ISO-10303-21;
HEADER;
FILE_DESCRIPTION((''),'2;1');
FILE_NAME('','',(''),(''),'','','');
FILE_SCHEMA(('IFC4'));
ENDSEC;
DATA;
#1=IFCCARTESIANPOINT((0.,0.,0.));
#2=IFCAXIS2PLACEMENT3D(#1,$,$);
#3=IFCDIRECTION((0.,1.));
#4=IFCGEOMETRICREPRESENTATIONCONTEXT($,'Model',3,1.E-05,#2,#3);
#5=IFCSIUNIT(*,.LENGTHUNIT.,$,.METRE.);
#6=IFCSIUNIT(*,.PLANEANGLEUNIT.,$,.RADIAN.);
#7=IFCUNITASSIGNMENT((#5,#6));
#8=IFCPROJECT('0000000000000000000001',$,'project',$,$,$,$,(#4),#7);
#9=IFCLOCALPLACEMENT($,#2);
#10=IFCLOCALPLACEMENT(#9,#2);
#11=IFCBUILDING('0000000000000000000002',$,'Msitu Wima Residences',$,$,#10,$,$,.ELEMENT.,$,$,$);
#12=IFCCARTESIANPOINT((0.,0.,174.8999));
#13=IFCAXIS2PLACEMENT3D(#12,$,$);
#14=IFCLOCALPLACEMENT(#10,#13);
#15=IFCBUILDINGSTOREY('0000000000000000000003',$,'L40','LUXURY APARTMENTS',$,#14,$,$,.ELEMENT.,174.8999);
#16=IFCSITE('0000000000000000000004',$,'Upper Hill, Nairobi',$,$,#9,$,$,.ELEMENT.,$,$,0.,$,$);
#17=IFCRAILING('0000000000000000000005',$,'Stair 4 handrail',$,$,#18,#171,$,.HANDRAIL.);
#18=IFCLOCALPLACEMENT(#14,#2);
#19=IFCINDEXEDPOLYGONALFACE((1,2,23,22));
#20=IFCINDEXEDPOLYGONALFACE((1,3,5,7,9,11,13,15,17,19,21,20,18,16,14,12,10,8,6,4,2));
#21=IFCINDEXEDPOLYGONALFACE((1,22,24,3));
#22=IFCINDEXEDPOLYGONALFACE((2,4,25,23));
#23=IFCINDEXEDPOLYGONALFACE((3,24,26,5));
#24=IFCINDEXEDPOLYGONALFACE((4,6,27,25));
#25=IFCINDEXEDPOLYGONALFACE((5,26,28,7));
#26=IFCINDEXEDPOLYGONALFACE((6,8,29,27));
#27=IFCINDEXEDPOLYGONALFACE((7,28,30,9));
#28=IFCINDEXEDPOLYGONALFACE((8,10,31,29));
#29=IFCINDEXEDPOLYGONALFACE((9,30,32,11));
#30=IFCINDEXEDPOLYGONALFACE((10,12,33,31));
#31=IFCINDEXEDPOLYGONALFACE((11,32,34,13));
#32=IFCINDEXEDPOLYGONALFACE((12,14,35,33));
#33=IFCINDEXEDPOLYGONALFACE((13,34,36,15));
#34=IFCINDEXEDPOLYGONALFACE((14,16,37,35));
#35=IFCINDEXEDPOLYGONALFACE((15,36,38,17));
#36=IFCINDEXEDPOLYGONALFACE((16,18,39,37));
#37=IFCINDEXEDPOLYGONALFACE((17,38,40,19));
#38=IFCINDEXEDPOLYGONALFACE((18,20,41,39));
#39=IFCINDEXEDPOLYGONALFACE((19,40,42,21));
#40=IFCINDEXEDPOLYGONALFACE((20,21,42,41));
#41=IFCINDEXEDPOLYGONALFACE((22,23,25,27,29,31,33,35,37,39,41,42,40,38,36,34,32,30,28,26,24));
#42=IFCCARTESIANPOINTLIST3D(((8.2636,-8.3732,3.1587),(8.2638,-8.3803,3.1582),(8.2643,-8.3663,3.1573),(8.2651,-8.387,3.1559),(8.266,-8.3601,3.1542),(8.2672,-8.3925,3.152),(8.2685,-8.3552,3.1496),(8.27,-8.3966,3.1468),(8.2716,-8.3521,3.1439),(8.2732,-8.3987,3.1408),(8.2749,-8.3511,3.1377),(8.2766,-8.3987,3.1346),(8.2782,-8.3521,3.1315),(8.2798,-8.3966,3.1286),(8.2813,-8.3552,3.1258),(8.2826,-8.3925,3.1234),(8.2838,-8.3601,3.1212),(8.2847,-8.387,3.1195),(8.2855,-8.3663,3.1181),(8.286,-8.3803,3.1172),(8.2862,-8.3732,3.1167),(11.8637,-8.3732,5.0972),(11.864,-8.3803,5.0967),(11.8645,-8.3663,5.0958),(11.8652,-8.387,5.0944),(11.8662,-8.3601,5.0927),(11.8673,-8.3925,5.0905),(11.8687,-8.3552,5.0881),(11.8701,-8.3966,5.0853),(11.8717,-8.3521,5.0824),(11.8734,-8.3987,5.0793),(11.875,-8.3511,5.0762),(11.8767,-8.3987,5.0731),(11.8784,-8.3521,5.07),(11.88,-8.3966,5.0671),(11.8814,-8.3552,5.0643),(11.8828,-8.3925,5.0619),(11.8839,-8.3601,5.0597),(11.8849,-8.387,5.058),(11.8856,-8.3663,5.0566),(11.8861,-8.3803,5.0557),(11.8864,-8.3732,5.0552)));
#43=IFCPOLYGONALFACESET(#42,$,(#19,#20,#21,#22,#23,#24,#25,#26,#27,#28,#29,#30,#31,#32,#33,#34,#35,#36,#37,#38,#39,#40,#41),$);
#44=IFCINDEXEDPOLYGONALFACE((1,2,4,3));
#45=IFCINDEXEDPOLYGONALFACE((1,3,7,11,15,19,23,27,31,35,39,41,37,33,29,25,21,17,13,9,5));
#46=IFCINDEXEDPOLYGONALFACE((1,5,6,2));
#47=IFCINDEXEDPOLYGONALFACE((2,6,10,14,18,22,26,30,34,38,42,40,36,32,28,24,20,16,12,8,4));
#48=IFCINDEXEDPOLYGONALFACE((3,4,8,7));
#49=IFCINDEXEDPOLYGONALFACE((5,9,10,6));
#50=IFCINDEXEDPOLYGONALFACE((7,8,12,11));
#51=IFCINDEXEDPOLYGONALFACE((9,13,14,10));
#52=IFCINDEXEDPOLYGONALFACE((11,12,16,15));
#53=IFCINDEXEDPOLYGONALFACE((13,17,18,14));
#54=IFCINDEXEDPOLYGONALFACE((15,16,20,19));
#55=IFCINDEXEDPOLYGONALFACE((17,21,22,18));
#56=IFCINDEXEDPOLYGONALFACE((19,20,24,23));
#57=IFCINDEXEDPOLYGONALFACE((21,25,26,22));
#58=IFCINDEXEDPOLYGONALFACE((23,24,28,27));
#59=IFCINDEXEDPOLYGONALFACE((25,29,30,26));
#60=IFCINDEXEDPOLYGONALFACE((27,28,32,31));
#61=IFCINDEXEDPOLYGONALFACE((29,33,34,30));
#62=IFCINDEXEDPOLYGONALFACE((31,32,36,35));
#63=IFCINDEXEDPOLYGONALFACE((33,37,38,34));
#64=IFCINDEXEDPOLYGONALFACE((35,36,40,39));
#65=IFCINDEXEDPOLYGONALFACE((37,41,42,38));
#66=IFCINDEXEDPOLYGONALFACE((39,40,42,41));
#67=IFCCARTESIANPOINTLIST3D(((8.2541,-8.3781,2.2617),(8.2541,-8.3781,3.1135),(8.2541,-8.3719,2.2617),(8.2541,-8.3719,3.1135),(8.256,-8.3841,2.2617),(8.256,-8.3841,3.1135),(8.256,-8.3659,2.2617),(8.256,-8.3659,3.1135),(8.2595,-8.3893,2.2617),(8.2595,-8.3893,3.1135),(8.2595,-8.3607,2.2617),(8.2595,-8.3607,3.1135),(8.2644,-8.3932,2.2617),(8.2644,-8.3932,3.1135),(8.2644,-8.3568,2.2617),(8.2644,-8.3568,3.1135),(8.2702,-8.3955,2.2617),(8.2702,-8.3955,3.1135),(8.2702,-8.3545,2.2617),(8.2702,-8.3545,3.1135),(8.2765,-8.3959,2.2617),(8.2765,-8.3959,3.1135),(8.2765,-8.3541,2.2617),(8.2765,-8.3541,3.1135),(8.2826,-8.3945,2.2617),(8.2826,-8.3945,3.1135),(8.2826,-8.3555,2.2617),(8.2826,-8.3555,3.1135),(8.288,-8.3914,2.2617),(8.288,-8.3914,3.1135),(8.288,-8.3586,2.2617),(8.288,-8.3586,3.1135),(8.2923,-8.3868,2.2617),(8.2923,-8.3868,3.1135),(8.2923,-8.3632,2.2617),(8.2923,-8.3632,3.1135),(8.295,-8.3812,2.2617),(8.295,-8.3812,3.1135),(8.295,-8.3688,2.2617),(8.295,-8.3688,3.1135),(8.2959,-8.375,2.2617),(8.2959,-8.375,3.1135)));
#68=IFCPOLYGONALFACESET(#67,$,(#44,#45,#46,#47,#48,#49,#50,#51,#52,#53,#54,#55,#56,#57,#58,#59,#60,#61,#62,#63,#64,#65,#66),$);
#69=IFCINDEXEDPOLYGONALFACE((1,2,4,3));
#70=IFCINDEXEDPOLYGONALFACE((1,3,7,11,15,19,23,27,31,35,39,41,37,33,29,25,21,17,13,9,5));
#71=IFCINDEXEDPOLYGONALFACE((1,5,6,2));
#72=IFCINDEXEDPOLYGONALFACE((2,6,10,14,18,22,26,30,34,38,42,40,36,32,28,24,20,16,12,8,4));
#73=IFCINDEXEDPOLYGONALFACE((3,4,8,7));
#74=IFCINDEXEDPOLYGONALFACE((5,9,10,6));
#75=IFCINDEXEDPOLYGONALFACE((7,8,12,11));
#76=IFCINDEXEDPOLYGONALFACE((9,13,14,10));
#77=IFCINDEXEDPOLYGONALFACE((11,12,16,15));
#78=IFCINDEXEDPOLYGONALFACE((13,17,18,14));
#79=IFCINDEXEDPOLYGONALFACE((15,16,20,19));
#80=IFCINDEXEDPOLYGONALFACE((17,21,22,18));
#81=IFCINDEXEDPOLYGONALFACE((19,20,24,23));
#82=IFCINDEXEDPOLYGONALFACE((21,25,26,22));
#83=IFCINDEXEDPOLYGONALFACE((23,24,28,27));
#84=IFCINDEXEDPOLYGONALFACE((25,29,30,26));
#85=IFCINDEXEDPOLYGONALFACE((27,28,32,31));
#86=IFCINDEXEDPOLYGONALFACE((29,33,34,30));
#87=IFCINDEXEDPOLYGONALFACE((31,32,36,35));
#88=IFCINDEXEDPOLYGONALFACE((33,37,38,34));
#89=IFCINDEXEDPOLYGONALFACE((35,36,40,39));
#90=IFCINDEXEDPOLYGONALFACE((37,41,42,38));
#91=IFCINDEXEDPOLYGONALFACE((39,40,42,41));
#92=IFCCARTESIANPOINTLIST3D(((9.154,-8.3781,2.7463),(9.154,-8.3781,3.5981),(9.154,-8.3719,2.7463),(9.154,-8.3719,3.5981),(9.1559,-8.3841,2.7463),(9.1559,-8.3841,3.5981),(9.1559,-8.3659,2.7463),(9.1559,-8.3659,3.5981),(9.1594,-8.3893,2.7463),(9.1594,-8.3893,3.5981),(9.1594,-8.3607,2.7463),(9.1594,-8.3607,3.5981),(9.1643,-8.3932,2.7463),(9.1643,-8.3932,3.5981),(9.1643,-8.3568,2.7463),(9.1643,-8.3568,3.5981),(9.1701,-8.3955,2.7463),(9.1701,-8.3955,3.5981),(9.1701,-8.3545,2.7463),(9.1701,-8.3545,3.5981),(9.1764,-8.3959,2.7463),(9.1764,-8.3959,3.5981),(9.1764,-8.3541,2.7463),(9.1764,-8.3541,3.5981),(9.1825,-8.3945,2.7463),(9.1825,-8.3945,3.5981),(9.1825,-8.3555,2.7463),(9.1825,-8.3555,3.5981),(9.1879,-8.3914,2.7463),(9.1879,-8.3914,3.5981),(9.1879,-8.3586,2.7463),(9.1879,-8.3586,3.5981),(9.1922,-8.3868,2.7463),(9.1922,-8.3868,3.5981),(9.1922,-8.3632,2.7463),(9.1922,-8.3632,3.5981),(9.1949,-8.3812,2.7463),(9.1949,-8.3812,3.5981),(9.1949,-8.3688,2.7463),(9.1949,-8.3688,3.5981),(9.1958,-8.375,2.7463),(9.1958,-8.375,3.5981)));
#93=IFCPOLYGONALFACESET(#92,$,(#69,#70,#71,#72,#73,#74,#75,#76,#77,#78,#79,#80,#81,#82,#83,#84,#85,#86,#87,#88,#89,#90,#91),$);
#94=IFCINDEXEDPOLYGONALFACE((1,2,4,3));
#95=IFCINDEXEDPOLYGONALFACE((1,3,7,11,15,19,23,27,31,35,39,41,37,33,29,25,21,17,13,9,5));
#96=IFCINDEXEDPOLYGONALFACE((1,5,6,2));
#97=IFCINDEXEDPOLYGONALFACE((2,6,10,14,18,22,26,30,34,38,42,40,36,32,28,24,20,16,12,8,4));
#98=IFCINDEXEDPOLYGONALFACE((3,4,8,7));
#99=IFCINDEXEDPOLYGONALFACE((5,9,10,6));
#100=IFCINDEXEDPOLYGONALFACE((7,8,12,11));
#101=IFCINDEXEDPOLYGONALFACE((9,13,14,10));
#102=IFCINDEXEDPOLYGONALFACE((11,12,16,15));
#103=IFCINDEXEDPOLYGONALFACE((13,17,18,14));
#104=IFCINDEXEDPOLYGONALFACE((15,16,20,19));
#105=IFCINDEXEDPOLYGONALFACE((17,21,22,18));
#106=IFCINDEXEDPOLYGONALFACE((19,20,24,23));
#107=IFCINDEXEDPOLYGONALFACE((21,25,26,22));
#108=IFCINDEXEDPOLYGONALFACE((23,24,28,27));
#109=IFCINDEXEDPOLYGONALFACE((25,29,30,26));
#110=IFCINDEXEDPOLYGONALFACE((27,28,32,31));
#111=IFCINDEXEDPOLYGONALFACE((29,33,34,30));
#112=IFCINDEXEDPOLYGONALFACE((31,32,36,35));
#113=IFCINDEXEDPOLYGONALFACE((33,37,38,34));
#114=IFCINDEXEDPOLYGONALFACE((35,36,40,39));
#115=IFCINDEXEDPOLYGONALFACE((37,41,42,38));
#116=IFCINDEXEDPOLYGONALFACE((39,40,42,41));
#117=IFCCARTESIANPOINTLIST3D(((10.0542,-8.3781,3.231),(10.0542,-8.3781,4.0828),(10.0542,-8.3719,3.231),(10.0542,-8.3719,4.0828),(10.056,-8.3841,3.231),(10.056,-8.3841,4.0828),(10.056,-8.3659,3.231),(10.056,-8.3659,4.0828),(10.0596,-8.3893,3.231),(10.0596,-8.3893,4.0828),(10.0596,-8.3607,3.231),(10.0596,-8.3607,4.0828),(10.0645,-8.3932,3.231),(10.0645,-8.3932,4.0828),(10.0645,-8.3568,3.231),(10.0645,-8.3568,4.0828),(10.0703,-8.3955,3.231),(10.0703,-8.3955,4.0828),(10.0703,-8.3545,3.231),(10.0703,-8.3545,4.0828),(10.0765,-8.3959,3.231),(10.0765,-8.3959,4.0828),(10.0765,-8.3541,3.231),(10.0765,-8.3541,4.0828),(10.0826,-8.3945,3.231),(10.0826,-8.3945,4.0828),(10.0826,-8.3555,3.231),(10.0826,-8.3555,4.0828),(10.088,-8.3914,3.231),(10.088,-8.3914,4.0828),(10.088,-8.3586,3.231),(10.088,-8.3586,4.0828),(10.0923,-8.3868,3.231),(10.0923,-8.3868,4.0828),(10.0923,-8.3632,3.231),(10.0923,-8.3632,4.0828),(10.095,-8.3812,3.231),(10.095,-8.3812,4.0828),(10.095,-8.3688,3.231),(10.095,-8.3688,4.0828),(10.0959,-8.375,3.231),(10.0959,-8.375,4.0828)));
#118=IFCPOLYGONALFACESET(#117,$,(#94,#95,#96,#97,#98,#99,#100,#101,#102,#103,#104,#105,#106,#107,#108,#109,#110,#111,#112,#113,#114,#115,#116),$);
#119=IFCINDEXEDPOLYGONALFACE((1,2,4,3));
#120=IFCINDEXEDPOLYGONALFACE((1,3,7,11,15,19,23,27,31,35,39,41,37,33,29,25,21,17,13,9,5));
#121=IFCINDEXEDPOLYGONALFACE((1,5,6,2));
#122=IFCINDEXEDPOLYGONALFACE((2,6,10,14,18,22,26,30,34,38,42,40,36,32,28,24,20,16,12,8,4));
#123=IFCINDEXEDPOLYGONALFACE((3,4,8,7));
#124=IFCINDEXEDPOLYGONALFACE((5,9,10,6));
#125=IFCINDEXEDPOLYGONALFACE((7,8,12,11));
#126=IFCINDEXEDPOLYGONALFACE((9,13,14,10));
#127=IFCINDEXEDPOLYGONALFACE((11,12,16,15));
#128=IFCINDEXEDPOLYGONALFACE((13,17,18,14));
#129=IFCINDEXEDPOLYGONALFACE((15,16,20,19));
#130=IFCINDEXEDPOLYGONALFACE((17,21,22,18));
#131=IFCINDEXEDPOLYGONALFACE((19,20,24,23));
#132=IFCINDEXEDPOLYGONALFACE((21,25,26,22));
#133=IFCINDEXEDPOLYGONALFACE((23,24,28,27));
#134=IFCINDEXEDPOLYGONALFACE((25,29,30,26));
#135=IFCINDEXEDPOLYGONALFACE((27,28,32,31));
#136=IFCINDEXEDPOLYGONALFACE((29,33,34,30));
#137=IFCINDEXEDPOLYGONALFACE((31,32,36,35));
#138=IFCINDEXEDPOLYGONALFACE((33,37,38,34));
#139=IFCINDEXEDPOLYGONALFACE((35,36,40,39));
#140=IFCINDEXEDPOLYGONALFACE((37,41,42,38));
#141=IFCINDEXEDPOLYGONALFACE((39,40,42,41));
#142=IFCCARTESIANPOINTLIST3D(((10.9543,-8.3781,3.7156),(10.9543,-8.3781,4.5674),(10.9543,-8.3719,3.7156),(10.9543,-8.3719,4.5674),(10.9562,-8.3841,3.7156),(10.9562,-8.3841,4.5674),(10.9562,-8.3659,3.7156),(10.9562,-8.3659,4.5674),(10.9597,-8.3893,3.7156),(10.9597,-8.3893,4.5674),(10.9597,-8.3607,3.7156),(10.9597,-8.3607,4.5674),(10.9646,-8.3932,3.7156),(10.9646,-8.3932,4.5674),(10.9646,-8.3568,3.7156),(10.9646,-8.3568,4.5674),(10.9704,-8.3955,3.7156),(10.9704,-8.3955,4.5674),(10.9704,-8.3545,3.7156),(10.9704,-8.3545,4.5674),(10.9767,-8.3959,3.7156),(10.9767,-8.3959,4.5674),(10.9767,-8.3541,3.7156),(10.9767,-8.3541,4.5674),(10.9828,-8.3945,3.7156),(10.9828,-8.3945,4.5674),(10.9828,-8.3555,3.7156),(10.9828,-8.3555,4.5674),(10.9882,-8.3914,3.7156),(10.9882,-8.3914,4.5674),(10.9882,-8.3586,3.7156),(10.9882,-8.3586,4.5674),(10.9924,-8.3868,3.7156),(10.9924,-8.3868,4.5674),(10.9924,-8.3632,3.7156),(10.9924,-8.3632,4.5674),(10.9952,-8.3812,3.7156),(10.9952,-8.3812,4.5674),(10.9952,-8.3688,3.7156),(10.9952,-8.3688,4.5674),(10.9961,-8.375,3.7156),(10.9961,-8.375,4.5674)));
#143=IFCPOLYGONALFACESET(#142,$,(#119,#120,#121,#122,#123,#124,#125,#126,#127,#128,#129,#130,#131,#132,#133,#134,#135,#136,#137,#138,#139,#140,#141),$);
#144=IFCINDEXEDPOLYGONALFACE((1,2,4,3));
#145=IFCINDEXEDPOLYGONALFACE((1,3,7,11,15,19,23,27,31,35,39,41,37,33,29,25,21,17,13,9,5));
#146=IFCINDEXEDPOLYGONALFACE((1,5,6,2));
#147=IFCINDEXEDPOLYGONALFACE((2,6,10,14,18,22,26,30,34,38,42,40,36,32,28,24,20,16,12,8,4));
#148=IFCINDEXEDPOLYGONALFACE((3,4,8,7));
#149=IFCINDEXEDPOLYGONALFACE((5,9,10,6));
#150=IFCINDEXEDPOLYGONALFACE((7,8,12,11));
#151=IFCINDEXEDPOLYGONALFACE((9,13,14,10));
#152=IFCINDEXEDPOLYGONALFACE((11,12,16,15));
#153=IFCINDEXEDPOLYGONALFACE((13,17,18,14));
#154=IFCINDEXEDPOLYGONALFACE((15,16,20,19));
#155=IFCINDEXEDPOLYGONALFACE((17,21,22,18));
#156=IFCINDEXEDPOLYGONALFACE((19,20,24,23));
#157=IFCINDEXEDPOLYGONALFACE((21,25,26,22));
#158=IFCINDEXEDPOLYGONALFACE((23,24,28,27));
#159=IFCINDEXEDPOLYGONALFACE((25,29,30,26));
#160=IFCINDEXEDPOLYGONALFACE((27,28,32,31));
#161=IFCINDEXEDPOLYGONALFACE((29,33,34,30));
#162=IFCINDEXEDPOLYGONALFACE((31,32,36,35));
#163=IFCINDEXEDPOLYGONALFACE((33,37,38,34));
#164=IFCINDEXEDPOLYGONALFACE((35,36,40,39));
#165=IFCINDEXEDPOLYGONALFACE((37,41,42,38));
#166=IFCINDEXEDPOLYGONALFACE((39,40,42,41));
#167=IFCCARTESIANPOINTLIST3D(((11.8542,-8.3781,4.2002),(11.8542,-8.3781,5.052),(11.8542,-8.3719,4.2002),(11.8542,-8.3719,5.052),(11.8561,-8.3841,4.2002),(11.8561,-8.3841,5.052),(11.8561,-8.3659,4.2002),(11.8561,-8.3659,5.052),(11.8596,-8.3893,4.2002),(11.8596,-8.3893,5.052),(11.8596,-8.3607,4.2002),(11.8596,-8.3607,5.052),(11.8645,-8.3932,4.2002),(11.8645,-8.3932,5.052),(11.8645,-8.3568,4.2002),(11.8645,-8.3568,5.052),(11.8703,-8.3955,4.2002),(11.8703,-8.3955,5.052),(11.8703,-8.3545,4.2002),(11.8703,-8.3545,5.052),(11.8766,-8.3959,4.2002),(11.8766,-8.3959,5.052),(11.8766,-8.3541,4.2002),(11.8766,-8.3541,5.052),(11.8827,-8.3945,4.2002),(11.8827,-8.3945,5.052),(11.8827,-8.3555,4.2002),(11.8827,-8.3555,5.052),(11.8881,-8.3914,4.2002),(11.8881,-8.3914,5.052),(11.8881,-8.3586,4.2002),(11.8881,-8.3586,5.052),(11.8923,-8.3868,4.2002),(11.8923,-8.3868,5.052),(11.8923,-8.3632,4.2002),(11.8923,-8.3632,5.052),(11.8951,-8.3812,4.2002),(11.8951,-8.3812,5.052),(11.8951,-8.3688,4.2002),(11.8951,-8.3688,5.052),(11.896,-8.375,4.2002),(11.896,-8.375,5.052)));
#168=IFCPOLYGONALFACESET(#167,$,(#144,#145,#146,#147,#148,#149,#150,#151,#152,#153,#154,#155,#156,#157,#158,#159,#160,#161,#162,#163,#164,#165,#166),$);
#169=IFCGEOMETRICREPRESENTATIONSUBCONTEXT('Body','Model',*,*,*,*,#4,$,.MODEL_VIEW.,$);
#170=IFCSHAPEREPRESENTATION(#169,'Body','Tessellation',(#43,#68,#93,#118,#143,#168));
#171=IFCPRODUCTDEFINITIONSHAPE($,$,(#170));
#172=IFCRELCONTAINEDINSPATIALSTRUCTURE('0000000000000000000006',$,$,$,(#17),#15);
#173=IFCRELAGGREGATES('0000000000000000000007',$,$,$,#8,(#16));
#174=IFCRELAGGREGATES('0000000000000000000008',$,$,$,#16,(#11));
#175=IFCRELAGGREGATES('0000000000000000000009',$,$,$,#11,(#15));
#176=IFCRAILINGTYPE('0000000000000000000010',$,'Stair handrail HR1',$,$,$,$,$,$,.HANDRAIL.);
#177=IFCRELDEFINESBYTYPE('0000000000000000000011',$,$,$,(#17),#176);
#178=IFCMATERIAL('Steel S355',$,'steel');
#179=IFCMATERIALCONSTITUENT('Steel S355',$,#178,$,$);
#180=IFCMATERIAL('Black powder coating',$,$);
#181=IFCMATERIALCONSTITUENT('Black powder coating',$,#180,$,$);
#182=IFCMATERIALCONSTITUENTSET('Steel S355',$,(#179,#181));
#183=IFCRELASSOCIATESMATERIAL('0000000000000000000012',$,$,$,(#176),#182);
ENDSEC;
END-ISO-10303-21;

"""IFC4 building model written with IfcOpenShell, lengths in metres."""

from ifc_helpers import new_model, si_unit, direction, frame, origin, origin_2d, place, context, subcontext, project, spatial, circle, extrude, material, constituent, constituent_set, type_object, element, save


model = new_model("IFC4")

# Units and contexts
model_context = context("Model", 3, precision=1e-05, world=origin(), true_north=direction((0.0, 1.0)))
body_context = subcontext(model_context, "Body", "Model", "MODEL_VIEW")
ifc_project = project(units=[si_unit("LENGTHUNIT", "METRE"), si_unit("PLANEANGLEUNIT", "RADIAN")], contexts=[model_context])

# Site, building, storey
site_placement = place(None, origin())
site = spatial("IfcSite", under=ifc_project, at=site_placement, Name="Upper Hill, Nairobi", CompositionType="ELEMENT", RefElevation=0.0)
building_placement = place(site_placement, origin())
building = spatial("IfcBuilding", under=site, at=building_placement, Name="Msitu Wima Residences", CompositionType="ELEMENT")
storey_placement = place(building_placement, frame((0.0, 0.0, 174.8999)))
storey = spatial("IfcBuildingStorey", under=building, at=storey_placement, Name="L40", Description="LUXURY APARTMENTS", CompositionType="ELEMENT", Elevation=174.8999)

# Railing
ifc_material_1 = material(Name="Steel S355", Category="steel")
ifc_constituent_1 = constituent(ifc_material_1, Name="Steel S355")
ifc_material_2 = material(Name="Black powder coating")
ifc_constituent_2 = constituent(ifc_material_2, Name="Black powder coating")
ifc_constituent_set = constituent_set(constituents=[ifc_constituent_1, ifc_constituent_2], Name="Steel S355")
railing_type = type_object("IfcRailingType", Name="Stair handrail HR1", PredefinedType="HANDRAIL", material=ifc_constituent_set)
for number, where, name in (
    (1, (8.2749, -8.375, 2.2617), "Stair 4 handrail"),
):
    element("IfcRailing", number, at=place(storey_placement, frame(where)), inside=storey, type_object=railing_type, Name=name, PredefinedType="HANDRAIL", context=body_context, shape_type="SweptSolid", body=[
        extrude(circle(Radius=0.0239, at=origin_2d()), frame((0.0, 0.0, 0.876), z_axis=(0.880475, 0.0, 0.474093), x_axis=(0.0, 1.0, 0.0)), (0.0, 0.0, 1.0), 4.0889),
        extrude(circle(Radius=0.021, at=origin_2d()), origin(), (0.0, 0.0, 1.0), 0.8518),
        extrude(circle(Radius=0.021, at=origin_2d()), frame((0.8999, 0.0, 0.4846)), (0.0, 0.0, 1.0), 0.8518),
        extrude(circle(Radius=0.021, at=origin_2d()), frame((1.8, 0.0, 0.9692)), (0.0, 0.0, 1.0), 0.8518),
        extrude(circle(Radius=0.021, at=origin_2d()), frame((2.7002, 0.0, 1.4539)), (0.0, 0.0, 1.0), 0.8518),
        extrude(circle(Radius=0.021, at=origin_2d()), frame((3.6001, 0.0, 1.9385)), (0.0, 0.0, 1.0), 0.8518),
    ])

save(model, "model.ifc")
